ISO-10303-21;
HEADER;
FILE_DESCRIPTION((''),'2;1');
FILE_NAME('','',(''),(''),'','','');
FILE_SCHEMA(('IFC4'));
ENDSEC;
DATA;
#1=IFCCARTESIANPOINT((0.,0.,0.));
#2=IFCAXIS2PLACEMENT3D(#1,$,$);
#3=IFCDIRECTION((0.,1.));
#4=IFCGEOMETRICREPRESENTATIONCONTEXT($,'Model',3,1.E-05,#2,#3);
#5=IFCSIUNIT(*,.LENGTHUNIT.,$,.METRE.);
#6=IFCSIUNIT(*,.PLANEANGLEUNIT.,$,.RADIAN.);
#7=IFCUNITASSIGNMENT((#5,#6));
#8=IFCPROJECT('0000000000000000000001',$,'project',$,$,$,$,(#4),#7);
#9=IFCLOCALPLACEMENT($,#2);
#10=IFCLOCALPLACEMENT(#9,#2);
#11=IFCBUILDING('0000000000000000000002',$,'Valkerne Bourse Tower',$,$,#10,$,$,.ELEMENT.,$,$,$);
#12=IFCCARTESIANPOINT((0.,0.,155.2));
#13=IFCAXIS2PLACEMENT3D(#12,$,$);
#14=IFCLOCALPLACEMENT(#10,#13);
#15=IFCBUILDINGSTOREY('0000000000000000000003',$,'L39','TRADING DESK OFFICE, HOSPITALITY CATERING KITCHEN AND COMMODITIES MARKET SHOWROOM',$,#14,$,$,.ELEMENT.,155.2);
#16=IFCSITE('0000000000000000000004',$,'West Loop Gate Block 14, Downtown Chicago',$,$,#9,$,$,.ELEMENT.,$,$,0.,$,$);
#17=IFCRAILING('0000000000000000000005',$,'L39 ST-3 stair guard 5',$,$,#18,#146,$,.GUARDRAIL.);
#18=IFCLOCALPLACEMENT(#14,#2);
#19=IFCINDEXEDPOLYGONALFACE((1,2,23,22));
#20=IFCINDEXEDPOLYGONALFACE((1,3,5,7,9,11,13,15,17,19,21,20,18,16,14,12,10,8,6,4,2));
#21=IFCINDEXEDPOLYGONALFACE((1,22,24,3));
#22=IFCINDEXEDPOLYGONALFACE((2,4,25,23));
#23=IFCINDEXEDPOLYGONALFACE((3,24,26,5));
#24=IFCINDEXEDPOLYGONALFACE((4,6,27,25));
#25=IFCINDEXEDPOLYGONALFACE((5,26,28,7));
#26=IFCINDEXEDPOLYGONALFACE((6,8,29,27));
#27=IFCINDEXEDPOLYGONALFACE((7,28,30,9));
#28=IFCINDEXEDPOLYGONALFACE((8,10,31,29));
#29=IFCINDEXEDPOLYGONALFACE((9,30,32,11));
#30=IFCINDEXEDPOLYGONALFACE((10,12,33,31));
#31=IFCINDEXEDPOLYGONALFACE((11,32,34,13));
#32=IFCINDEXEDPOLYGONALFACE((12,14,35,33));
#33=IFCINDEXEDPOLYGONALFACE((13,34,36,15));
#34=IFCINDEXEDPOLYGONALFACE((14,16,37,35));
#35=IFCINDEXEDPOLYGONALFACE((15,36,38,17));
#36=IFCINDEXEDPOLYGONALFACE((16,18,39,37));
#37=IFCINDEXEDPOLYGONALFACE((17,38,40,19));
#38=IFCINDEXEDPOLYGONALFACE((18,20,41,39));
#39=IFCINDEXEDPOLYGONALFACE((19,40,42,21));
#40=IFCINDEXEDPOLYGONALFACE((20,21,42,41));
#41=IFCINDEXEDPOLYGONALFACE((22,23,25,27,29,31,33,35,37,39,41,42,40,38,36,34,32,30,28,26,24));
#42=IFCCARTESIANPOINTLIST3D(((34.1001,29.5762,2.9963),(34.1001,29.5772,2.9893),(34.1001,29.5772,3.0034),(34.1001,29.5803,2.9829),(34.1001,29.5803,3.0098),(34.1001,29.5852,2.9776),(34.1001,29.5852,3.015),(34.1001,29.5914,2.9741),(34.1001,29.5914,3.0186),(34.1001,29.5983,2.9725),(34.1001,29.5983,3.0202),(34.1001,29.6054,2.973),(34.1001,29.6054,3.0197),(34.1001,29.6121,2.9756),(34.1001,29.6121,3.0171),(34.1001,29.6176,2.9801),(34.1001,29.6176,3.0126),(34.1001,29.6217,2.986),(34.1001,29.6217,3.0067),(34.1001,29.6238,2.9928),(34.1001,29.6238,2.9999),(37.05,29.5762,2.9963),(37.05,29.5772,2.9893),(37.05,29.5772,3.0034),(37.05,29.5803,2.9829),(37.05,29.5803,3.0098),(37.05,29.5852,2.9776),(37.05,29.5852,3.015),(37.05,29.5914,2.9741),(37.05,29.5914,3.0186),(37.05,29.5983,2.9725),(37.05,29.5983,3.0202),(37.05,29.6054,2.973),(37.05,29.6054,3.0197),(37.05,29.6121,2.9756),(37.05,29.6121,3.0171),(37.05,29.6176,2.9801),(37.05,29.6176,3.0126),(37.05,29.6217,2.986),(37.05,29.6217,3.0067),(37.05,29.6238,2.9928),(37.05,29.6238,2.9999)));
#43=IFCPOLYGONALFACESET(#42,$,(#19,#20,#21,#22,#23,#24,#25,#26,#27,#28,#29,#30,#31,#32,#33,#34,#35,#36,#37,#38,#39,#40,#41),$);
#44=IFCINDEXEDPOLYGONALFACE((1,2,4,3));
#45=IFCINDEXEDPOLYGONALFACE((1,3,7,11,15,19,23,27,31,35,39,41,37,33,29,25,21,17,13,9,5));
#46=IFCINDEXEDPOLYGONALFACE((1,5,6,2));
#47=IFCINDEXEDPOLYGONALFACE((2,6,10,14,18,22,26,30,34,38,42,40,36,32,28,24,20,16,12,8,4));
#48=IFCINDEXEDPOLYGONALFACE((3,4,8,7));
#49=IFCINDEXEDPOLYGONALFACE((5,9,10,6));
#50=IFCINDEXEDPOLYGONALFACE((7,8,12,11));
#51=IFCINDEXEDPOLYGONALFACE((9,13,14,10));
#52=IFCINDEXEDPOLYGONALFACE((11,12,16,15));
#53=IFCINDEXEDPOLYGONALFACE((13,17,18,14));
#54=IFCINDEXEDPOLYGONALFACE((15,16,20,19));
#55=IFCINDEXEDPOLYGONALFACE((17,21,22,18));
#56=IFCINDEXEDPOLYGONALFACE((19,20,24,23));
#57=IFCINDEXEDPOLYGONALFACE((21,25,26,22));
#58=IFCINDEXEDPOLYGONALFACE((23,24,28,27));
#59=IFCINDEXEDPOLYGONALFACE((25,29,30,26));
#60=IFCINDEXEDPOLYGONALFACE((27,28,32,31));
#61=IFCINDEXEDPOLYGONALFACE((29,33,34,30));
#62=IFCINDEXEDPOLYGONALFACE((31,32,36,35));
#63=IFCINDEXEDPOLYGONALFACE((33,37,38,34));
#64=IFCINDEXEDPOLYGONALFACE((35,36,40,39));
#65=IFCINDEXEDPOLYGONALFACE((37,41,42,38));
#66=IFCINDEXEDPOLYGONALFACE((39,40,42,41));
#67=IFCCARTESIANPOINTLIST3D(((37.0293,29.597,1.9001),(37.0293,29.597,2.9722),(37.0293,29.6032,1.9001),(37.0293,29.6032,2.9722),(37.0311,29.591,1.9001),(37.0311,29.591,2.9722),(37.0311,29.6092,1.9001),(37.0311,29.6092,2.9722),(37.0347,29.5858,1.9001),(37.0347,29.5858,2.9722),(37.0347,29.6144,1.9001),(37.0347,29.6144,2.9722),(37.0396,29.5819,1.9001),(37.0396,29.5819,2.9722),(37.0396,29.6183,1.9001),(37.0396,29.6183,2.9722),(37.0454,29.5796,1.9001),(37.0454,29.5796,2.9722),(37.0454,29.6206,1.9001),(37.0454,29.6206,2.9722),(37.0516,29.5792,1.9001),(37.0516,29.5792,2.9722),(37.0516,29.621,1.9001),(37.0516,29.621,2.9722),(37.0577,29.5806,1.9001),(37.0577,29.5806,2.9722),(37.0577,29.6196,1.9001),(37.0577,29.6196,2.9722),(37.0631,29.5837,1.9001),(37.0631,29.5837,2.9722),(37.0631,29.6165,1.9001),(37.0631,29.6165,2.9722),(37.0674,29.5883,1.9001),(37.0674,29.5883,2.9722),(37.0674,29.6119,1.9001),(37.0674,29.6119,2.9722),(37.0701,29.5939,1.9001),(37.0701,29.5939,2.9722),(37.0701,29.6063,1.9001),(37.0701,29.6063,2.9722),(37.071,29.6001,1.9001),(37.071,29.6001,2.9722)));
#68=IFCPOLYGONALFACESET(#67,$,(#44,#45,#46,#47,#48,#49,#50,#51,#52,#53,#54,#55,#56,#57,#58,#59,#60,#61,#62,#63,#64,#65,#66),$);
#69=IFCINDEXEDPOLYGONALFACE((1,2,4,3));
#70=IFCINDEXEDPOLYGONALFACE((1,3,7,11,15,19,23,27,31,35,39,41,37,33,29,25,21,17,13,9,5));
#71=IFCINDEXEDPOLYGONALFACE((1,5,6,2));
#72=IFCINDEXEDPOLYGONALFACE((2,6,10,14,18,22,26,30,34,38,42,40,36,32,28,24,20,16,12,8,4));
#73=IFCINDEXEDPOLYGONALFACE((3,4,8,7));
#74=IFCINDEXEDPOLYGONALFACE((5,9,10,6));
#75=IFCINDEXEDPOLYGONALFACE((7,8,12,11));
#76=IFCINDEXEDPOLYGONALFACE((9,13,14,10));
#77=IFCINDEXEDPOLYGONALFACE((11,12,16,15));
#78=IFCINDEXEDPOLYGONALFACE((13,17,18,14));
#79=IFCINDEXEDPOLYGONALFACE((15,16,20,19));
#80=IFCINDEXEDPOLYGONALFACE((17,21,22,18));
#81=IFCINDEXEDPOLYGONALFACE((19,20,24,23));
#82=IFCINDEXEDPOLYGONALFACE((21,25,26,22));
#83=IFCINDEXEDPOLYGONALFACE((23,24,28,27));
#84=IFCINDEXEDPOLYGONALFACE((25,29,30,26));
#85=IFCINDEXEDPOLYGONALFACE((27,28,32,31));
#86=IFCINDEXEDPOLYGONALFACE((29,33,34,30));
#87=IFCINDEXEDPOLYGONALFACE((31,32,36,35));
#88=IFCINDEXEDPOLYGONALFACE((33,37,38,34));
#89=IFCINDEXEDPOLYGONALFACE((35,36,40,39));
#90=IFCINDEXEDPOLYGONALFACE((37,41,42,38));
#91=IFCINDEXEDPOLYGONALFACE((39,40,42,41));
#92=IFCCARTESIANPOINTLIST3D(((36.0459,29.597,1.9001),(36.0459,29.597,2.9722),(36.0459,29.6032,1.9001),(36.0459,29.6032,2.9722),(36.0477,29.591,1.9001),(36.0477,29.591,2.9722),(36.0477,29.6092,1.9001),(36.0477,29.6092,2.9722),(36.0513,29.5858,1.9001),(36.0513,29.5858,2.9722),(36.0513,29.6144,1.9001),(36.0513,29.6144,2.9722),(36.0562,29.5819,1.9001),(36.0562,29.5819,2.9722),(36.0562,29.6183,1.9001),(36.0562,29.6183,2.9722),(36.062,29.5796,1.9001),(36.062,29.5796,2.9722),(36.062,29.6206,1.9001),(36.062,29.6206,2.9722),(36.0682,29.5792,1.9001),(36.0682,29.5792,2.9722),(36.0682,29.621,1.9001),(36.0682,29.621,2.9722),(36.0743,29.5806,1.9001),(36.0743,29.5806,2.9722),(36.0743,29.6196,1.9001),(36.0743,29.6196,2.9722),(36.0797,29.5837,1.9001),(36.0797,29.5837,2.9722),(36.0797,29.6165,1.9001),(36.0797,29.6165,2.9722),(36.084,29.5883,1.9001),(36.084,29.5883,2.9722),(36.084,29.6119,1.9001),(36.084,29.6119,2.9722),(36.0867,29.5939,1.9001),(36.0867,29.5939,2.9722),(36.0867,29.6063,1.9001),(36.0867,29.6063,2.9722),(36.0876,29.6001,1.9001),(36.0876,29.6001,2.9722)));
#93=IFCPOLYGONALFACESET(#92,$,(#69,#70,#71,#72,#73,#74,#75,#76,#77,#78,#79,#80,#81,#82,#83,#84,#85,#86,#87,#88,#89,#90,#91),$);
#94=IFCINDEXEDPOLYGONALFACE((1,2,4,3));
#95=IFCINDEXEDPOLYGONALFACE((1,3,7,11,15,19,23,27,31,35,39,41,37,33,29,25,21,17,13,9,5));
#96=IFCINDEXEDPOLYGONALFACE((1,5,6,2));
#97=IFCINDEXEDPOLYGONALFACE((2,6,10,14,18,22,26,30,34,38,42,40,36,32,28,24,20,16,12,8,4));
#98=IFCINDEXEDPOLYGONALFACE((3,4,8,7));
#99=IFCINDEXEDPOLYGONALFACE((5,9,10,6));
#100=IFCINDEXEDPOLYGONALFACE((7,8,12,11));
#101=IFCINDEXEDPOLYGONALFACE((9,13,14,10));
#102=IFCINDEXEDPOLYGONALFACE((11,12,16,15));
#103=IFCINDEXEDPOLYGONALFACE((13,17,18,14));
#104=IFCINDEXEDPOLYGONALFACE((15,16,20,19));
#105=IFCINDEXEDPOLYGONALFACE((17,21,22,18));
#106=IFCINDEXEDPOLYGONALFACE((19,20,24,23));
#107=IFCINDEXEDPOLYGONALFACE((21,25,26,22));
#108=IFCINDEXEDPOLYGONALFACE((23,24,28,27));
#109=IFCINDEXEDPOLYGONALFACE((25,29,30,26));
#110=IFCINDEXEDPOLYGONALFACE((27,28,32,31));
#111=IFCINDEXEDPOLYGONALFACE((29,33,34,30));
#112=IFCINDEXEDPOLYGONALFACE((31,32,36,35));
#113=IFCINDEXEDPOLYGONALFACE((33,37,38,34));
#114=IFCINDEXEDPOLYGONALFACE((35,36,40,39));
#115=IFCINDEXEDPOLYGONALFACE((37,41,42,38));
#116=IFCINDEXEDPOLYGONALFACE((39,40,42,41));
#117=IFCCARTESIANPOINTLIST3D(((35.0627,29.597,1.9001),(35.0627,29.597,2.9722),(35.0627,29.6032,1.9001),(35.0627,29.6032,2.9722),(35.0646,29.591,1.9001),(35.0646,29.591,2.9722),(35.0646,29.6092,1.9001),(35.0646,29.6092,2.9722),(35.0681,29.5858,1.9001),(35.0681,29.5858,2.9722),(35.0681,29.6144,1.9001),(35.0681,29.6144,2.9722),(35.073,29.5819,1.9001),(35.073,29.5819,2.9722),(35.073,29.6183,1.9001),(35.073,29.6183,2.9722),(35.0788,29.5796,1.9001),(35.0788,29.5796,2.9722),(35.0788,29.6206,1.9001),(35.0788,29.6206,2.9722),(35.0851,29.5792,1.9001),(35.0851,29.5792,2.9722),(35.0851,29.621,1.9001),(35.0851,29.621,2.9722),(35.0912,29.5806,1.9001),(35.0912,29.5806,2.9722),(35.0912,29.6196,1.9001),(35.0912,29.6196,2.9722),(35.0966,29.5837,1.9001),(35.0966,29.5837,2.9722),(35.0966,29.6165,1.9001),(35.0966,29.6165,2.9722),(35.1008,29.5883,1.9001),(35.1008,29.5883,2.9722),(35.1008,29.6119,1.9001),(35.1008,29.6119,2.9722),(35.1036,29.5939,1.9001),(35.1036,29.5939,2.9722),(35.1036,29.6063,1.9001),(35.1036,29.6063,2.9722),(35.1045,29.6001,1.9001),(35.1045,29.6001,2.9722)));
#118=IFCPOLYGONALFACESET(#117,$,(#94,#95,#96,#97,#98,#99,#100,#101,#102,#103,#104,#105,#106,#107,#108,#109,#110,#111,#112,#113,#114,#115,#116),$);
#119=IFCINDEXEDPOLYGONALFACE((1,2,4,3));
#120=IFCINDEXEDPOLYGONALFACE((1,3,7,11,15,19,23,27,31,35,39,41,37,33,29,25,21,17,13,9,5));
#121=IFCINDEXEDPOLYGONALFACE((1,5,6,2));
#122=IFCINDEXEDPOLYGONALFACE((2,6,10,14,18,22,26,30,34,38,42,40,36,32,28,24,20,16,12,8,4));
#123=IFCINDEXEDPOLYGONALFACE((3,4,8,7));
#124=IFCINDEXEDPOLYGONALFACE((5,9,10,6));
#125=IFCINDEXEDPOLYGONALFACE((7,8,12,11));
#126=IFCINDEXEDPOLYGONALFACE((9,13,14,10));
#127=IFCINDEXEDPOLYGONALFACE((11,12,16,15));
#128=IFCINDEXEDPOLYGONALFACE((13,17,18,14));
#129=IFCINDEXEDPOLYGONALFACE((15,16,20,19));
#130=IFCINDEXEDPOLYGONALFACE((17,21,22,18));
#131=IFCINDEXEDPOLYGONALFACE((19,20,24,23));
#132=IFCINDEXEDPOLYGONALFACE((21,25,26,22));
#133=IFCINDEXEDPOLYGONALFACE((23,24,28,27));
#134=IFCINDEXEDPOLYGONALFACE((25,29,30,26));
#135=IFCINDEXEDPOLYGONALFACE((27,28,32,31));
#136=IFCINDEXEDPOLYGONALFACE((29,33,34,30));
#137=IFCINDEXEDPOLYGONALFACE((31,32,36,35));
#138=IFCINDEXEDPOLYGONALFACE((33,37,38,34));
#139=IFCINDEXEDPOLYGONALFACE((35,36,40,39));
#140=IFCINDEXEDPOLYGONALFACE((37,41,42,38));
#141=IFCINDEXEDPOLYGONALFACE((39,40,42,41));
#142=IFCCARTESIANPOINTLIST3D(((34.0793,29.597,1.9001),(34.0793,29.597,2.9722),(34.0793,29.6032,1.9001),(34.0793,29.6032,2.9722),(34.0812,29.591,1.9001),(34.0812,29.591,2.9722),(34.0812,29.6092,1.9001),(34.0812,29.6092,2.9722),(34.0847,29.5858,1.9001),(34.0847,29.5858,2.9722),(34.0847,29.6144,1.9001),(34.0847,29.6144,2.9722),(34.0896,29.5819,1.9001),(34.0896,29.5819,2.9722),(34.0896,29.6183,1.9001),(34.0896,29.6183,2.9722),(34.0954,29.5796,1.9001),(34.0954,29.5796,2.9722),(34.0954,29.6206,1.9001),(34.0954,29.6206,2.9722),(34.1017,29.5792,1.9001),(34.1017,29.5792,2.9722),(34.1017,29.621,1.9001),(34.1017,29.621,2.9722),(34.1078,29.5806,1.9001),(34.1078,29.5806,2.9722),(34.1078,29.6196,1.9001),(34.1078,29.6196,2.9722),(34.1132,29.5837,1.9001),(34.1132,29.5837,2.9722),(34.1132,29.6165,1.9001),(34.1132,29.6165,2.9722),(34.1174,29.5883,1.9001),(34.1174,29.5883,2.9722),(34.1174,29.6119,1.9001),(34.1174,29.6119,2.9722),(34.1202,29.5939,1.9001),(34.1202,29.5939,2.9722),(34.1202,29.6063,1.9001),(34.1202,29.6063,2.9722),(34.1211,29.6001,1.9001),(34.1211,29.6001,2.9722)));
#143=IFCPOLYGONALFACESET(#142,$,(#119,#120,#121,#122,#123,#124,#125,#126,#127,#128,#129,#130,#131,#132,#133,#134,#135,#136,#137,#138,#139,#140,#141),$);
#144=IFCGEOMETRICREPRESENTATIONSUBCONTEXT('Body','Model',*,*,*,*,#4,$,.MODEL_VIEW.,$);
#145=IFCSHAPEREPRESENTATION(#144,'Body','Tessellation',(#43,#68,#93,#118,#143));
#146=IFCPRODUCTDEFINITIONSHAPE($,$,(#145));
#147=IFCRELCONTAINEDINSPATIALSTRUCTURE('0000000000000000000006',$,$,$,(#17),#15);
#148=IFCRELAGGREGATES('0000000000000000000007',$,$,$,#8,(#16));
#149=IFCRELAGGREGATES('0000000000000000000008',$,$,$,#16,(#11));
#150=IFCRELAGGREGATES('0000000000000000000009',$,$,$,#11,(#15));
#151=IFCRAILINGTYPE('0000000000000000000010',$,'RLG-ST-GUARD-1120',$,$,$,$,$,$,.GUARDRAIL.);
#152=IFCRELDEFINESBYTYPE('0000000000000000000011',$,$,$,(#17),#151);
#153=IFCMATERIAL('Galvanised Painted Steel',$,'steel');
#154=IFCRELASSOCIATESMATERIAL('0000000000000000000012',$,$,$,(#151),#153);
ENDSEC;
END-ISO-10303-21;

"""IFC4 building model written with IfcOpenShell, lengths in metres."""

from ifc_helpers import new_model, si_unit, direction, frame, origin, origin_2d, place, context, subcontext, project, spatial, circle, extrude, material, type_object, element, save


model = new_model("IFC4")

# Units and contexts
model_context = context("Model", 3, precision=1e-05, world=origin(), true_north=direction((0.0, 1.0)))
body_context = subcontext(model_context, "Body", "Model", "MODEL_VIEW")
ifc_project = project(units=[si_unit("LENGTHUNIT", "METRE"), si_unit("PLANEANGLEUNIT", "RADIAN")], contexts=[model_context])

# Site, building, storey
site_placement = place(None, origin())
site = spatial("IfcSite", under=ifc_project, at=site_placement, Name="West Loop Gate Block 14, Downtown Chicago", CompositionType="ELEMENT", RefElevation=0.0)
building_placement = place(site_placement, origin())
building = spatial("IfcBuilding", under=site, at=building_placement, Name="Valkerne Bourse Tower", CompositionType="ELEMENT")
storey_placement = place(building_placement, frame((0.0, 0.0, 155.2)))
storey = spatial("IfcBuildingStorey", under=building, at=storey_placement, Name="L39", Description="TRADING DESK OFFICE, HOSPITALITY CATERING KITCHEN AND COMMODITIES MARKET SHOWROOM", CompositionType="ELEMENT", Elevation=155.2)

# Railing
ifc_material_1 = material(Name="Galvanised Painted Steel", Category="steel")
railing_type_1 = type_object("IfcRailingType", Name="RLG-ST-GUARD-1120", PredefinedType="GUARDRAIL", material=ifc_material_1)
railing_1_placement = place(storey_placement, frame((37.05, 29.6001, 1.9001)))
element("IfcRailing", 1, at=railing_1_placement, inside=storey, type_object=railing_type_1, Name="L39 ST-3 stair guard 5", PredefinedType="GUARDRAIL", context=body_context, shape_type="SweptSolid", body=[
    extrude(circle(Radius=0.0239, at=origin_2d()), frame((0.0, 0.0, 1.0962), z_axis=(-1.0, 0.0, 0.0), x_axis=(0.0, -1.0, 0.0)), (0.0, 0.0, 1.0), 2.95),
    extrude(circle(Radius=0.021, at=origin_2d()), origin(), (0.0, 0.0, 1.0), 1.072),
    extrude(circle(Radius=0.021, at=origin_2d()), frame((-0.9834, 0.0, 0.0)), (0.0, 0.0, 1.0), 1.072),
    extrude(circle(Radius=0.021, at=origin_2d()), frame((-1.9666, 0.0, 0.0)), (0.0, 0.0, 1.0), 1.072),
    extrude(circle(Radius=0.021, at=origin_2d()), frame((-2.95, 0.0, 0.0)), (0.0, 0.0, 1.0), 1.072),
])

save(model, "model.ifc")
